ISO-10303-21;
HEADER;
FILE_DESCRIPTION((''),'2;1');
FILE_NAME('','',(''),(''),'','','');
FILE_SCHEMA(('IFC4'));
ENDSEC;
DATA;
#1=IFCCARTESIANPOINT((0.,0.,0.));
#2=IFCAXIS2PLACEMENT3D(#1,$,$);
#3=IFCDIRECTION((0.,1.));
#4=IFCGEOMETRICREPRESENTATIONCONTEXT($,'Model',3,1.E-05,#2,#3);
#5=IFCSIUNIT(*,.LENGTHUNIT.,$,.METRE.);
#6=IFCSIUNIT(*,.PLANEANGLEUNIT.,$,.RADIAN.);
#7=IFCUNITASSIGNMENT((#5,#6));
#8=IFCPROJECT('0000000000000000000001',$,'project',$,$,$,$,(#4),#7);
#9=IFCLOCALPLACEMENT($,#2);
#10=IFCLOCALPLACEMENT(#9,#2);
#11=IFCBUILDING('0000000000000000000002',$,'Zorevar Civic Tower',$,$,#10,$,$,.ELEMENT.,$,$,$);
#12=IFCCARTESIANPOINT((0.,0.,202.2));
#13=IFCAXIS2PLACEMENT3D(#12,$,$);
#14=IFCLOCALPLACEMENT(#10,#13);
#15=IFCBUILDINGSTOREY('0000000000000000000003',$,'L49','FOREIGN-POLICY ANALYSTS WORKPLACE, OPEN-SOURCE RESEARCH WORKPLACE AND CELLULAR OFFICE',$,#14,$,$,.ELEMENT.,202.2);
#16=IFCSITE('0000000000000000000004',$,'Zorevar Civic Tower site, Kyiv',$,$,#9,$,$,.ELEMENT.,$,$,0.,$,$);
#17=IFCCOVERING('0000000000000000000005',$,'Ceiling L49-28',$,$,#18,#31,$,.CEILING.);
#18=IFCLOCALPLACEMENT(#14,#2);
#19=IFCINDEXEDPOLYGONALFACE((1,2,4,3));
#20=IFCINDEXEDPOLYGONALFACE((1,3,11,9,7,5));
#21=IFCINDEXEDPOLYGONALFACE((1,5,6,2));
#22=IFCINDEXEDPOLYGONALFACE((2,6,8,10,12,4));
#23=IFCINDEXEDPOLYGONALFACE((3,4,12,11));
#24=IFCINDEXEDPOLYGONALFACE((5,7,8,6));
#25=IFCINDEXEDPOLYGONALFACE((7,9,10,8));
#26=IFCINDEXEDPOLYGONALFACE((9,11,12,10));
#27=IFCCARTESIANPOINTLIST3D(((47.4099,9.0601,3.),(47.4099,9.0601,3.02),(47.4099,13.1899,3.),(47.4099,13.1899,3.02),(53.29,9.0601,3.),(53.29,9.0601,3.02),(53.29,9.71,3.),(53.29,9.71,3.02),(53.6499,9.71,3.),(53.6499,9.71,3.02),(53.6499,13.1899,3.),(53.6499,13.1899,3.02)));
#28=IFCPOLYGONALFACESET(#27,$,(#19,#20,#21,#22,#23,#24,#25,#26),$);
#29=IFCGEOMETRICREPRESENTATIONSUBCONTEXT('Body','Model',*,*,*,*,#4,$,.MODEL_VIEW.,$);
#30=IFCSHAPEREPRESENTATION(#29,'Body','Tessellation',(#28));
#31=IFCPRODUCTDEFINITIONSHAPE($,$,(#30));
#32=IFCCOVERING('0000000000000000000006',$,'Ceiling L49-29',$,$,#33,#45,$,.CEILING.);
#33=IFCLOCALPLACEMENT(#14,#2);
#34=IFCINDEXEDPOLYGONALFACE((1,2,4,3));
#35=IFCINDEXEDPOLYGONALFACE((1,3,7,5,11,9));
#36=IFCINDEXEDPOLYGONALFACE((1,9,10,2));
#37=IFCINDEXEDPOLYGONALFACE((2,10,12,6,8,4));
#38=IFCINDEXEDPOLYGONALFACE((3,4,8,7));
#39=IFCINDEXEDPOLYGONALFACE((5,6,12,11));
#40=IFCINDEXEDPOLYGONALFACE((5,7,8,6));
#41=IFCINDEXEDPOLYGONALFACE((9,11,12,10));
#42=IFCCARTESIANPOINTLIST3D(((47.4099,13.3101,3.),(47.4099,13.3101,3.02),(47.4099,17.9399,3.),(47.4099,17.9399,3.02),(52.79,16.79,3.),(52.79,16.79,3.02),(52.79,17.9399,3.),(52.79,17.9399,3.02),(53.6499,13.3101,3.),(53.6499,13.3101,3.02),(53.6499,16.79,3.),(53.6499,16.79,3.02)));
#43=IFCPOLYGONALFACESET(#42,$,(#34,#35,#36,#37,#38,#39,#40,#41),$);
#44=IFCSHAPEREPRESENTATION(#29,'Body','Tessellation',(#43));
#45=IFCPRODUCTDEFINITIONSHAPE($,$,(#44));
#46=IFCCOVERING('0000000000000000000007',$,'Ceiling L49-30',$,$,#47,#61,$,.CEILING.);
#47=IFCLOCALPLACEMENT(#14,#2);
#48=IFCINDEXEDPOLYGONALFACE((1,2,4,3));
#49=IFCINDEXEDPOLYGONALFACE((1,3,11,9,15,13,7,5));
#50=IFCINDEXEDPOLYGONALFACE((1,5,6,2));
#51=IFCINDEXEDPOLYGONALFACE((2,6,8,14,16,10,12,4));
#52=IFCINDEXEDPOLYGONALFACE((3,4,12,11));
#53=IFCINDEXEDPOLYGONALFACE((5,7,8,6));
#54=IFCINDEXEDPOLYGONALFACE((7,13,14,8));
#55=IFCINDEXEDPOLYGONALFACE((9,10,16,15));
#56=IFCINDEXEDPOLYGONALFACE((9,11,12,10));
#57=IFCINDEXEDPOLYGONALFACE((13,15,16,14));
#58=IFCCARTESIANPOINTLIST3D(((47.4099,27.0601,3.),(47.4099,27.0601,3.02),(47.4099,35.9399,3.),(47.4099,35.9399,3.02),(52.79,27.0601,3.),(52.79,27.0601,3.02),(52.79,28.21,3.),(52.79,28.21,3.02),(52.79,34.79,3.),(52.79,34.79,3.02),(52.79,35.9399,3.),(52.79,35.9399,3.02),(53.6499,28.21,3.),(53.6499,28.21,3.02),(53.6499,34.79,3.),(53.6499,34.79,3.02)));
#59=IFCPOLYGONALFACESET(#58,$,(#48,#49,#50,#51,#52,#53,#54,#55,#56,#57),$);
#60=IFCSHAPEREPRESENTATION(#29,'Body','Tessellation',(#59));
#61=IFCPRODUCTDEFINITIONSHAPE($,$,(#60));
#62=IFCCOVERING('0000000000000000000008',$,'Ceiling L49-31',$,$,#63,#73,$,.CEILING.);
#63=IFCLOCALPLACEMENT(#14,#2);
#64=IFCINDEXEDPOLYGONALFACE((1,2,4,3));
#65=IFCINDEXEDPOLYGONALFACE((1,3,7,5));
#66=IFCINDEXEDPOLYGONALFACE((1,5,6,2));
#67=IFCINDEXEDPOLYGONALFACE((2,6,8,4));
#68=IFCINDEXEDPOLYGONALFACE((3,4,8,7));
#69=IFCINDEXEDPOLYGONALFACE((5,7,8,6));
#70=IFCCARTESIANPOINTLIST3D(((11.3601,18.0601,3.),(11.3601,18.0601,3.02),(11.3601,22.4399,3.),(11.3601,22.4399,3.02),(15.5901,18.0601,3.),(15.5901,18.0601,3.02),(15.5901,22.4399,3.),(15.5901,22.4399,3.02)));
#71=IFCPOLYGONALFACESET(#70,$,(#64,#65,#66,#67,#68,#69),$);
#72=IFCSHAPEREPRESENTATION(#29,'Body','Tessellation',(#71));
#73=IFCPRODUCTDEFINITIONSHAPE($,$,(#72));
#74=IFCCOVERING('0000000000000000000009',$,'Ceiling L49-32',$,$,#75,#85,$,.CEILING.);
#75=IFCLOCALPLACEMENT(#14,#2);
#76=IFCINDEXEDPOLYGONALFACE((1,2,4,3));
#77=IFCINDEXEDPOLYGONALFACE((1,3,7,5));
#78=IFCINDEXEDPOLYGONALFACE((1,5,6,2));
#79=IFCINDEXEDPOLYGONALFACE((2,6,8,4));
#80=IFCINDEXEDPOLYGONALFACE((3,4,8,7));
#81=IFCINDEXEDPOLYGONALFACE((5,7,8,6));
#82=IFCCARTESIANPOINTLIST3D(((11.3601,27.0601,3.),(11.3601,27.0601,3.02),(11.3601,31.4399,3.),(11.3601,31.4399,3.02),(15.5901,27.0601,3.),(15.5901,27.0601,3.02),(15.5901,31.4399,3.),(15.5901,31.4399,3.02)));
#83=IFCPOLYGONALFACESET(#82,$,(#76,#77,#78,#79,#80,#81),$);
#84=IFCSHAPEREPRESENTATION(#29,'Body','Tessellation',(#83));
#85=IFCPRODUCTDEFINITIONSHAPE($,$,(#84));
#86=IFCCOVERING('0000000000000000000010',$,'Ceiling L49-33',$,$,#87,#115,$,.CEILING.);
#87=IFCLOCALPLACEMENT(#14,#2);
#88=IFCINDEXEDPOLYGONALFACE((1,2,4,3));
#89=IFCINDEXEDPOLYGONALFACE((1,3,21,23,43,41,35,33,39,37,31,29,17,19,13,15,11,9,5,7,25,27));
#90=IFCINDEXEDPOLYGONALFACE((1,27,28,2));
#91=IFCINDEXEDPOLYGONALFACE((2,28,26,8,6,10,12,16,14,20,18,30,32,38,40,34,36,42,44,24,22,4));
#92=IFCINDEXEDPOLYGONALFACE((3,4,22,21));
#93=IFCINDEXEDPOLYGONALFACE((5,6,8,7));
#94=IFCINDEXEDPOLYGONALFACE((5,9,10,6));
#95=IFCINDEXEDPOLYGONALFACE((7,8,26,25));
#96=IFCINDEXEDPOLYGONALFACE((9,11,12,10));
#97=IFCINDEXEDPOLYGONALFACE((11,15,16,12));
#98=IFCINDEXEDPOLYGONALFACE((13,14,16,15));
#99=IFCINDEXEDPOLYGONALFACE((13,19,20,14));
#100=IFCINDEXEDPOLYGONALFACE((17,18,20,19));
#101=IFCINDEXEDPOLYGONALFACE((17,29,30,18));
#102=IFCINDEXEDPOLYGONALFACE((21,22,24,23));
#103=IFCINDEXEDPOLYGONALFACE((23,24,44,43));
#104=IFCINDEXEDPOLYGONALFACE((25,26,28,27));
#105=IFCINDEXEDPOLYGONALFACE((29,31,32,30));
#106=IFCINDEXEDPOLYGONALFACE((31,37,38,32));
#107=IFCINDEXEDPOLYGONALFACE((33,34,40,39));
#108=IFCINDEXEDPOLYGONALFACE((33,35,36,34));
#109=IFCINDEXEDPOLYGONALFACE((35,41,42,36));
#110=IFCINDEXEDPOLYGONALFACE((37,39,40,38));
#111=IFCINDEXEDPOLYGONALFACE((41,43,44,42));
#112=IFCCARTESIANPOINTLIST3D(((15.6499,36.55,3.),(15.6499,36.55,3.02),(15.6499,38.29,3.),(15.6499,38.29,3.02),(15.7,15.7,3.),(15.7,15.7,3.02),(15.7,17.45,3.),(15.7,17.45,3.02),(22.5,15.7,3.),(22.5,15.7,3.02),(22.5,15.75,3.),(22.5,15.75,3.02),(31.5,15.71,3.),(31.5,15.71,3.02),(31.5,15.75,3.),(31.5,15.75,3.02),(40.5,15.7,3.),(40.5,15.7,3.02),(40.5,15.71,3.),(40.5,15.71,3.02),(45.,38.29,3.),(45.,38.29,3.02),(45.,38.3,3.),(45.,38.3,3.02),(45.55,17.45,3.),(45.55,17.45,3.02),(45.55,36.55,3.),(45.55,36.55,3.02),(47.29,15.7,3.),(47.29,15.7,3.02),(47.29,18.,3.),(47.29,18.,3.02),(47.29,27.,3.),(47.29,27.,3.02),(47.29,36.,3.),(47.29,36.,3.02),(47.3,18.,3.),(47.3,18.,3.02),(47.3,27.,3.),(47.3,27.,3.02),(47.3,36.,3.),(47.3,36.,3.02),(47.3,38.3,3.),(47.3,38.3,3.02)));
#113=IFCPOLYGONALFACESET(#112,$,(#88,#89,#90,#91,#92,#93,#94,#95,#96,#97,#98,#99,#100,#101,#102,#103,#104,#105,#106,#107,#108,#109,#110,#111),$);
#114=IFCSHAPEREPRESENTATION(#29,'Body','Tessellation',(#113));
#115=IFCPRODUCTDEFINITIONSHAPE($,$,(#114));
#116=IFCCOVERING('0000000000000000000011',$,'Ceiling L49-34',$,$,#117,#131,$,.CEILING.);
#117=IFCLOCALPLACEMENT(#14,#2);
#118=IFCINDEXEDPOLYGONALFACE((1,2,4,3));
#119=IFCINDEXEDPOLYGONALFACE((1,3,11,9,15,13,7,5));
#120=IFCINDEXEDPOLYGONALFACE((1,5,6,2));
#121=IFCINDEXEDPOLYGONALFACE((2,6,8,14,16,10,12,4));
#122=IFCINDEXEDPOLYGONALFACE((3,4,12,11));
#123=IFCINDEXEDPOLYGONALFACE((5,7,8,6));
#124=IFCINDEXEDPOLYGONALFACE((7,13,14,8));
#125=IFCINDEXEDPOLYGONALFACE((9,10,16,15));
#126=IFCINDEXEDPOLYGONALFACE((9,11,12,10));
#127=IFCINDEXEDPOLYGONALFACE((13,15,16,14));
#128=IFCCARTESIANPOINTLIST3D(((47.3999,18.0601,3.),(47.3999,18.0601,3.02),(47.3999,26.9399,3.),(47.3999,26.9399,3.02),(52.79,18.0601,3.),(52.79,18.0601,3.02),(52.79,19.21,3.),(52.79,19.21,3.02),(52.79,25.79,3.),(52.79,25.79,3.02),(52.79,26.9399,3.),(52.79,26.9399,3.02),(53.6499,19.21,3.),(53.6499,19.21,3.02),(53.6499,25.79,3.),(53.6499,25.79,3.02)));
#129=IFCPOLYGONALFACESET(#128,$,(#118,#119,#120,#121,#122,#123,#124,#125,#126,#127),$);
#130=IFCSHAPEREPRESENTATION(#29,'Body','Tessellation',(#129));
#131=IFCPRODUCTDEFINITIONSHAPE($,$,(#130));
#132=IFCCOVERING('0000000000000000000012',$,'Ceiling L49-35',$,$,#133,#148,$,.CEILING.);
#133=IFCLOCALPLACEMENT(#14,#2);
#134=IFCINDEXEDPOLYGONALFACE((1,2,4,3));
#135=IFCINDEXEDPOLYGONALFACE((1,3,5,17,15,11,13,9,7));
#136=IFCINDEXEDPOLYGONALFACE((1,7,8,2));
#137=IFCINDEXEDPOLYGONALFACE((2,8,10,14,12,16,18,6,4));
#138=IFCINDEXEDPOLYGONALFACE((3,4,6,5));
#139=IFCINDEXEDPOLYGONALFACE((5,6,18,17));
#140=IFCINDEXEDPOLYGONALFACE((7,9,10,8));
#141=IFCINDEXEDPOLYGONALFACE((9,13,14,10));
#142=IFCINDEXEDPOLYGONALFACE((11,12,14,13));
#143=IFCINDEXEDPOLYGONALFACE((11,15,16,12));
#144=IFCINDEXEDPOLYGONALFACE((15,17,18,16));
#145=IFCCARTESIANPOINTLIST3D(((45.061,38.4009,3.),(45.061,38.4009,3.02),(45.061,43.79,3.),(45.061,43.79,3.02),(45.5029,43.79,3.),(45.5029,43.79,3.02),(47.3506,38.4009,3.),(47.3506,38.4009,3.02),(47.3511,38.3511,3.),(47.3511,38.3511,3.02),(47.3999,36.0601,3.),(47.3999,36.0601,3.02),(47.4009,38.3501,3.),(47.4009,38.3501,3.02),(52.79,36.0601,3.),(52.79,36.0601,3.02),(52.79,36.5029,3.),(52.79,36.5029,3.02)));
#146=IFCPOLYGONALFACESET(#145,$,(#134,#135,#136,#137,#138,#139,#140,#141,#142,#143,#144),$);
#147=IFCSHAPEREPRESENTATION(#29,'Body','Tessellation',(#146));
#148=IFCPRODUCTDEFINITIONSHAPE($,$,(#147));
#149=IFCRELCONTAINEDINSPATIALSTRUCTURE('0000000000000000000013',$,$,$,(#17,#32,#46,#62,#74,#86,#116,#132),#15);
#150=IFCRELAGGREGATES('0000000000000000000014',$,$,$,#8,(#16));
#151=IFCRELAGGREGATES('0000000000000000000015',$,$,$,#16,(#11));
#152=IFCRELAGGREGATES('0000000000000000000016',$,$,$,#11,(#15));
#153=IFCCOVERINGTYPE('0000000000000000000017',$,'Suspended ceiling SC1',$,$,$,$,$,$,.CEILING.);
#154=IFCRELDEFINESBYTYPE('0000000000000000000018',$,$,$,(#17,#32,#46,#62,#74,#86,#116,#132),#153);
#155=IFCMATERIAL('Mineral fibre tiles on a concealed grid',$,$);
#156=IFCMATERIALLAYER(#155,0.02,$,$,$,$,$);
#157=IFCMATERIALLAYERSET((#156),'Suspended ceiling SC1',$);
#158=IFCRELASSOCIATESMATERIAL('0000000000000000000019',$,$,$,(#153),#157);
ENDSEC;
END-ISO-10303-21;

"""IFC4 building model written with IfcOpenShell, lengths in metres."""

from ifc_helpers import new_model, si_unit, direction, frame, origin, place, context, subcontext, project, spatial, polyline, outline, extrude, material, layer, layer_set, type_object, element, save


model = new_model("IFC4")

# Units and contexts
model_context = context("Model", 3, precision=1e-05, world=origin(), true_north=direction((0.0, 1.0)))
body_context = subcontext(model_context, "Body", "Model", "MODEL_VIEW")
ifc_project = project(units=[si_unit("LENGTHUNIT", "METRE"), si_unit("PLANEANGLEUNIT", "RADIAN")], contexts=[model_context])

# Site, building, storey
site_placement = place(None, origin())
site = spatial("IfcSite", under=ifc_project, at=site_placement, Name="Zorevar Civic Tower site, Kyiv", CompositionType="ELEMENT", RefElevation=0.0)
building_placement = place(site_placement, origin())
building = spatial("IfcBuilding", under=site, at=building_placement, Name="Zorevar Civic Tower", CompositionType="ELEMENT")
storey_placement = place(building_placement, frame((0.0, 0.0, 202.2)))
storey = spatial("IfcBuildingStorey", under=building, at=storey_placement, Name="L49", Description="FOREIGN-POLICY ANALYSTS WORKPLACE, OPEN-SOURCE RESEARCH WORKPLACE AND CELLULAR OFFICE", CompositionType="ELEMENT", Elevation=202.2)

# Coverings
ifc_material_1 = material(Name="Mineral fibre tiles on a concealed grid")
ifc_layer_1 = layer(ifc_material_1, 0.02)
ifc_layer_set_1 = layer_set([ifc_layer_1], Name="Suspended ceiling SC1")
covering_type_1 = type_object("IfcCoveringType", Name="Suspended ceiling SC1", PredefinedType="CEILING", material=ifc_layer_set_1)
covering_1_placement = place(storey_placement, frame((0.0, 0.0, 3.0)))
element("IfcCovering", 1, at=covering_1_placement, inside=storey, type_object=covering_type_1, Name="Ceiling L49-28", PredefinedType="CEILING", context=body_context, shape_type="SweptSolid", body=[
    extrude(outline(polyline([(47.4099, 13.1899), (53.6499, 13.1899), (53.6499, 9.71), (53.29, 9.71), (53.29, 9.0601), (47.4099, 9.0601), (47.4099, 13.1899)])), origin(), (0.0, 0.0, 1.0), 0.02),
])
covering_2_placement = place(storey_placement, frame((0.0, 0.0, 3.0)))
element("IfcCovering", 2, at=covering_2_placement, inside=storey, type_object=covering_type_1, Name="Ceiling L49-29", PredefinedType="CEILING", context=body_context, shape_type="SweptSolid", body=[
    extrude(outline(polyline([(47.4099, 17.9399), (52.79, 17.9399), (52.79, 16.79), (53.6499, 16.79), (53.6499, 13.3101), (47.4099, 13.3101), (47.4099, 17.9399)])), origin(), (0.0, 0.0, 1.0), 0.02),
])
covering_3_placement = place(storey_placement, frame((0.0, 0.0, 3.0)))
element("IfcCovering", 3, at=covering_3_placement, inside=storey, type_object=covering_type_1, Name="Ceiling L49-30", PredefinedType="CEILING", context=body_context, shape_type="SweptSolid", body=[
    extrude(outline(polyline([(53.6499, 28.21), (52.79, 28.21), (52.79, 27.0601), (47.4099, 27.0601), (47.4099, 35.9399), (52.79, 35.9399), (52.79, 34.79), (53.6499, 34.79), (53.6499, 28.21)])), origin(), (0.0, 0.0, 1.0), 0.02),
])
covering_4_placement = place(storey_placement, frame((0.0, 0.0, 3.0)))
element("IfcCovering", 4, at=covering_4_placement, inside=storey, type_object=covering_type_1, Name="Ceiling L49-31", PredefinedType="CEILING", context=body_context, shape_type="SweptSolid", body=[
    extrude(outline(polyline([(15.5901, 18.0601), (11.3601, 18.0601), (11.3601, 22.4399), (15.5901, 22.4399), (15.5901, 18.0601)])), origin(), (0.0, 0.0, 1.0), 0.02),
])
covering_5_placement = place(storey_placement, frame((0.0, 0.0, 3.0)))
element("IfcCovering", 5, at=covering_5_placement, inside=storey, type_object=covering_type_1, Name="Ceiling L49-32", PredefinedType="CEILING", context=body_context, shape_type="SweptSolid", body=[
    extrude(outline(polyline([(11.3601, 31.4399), (15.5901, 31.4399), (15.5901, 27.0601), (11.3601, 27.0601), (11.3601, 31.4399)])), origin(), (0.0, 0.0, 1.0), 0.02),
])
covering_6_placement = place(storey_placement, frame((0.0, 0.0, 3.0)))
element("IfcCovering", 6, at=covering_6_placement, inside=storey, type_object=covering_type_1, Name="Ceiling L49-33", PredefinedType="CEILING", context=body_context, shape_type="SweptSolid", body=[
    extrude(outline(polyline([(15.6499, 38.29), (45.0, 38.29), (45.0, 38.3), (47.3, 38.3), (47.3, 36.0), (47.29, 36.0), (47.29, 27.0), (47.3, 27.0), (47.3, 18.0), (47.29, 18.0), (47.29, 15.7), (40.5, 15.7), (40.5, 15.71), (31.5, 15.71), (31.5, 15.75), (22.5, 15.75), (22.5, 15.7), (15.7, 15.7), (15.7, 17.45), (45.55, 17.45), (45.55, 36.55), (15.6499, 36.55), (15.6499, 38.29)])), origin(), (0.0, 0.0, 1.0), 0.02),
])
covering_7_placement = place(storey_placement, frame((0.0, 0.0, 3.0)))
element("IfcCovering", 7, at=covering_7_placement, inside=storey, type_object=covering_type_1, Name="Ceiling L49-34", PredefinedType="CEILING", context=body_context, shape_type="SweptSolid", body=[
    extrude(outline(polyline([(53.6499, 19.21), (52.79, 19.21), (52.79, 18.0601), (47.3999, 18.0601), (47.3999, 26.9399), (52.79, 26.9399), (52.79, 25.79), (53.6499, 25.79), (53.6499, 19.21)])), origin(), (0.0, 0.0, 1.0), 0.02),
])
covering_8_placement = place(storey_placement, frame((0.0, 0.0, 3.0)))
element("IfcCovering", 8, at=covering_8_placement, inside=storey, type_object=covering_type_1, Name="Ceiling L49-35", PredefinedType="CEILING", context=body_context, shape_type="SweptSolid", body=[
    extrude(outline(polyline([(47.3506, 38.4009), (45.061, 38.4009), (45.061, 43.79), (45.5029, 43.79), (52.79, 36.5029), (52.79, 36.0601), (47.3999, 36.0601), (47.4009, 38.3501), (47.3511, 38.3511), (47.3506, 38.4009)])), origin(), (0.0, 0.0, 1.0), 0.02),
])

save(model, "model.ifc")
